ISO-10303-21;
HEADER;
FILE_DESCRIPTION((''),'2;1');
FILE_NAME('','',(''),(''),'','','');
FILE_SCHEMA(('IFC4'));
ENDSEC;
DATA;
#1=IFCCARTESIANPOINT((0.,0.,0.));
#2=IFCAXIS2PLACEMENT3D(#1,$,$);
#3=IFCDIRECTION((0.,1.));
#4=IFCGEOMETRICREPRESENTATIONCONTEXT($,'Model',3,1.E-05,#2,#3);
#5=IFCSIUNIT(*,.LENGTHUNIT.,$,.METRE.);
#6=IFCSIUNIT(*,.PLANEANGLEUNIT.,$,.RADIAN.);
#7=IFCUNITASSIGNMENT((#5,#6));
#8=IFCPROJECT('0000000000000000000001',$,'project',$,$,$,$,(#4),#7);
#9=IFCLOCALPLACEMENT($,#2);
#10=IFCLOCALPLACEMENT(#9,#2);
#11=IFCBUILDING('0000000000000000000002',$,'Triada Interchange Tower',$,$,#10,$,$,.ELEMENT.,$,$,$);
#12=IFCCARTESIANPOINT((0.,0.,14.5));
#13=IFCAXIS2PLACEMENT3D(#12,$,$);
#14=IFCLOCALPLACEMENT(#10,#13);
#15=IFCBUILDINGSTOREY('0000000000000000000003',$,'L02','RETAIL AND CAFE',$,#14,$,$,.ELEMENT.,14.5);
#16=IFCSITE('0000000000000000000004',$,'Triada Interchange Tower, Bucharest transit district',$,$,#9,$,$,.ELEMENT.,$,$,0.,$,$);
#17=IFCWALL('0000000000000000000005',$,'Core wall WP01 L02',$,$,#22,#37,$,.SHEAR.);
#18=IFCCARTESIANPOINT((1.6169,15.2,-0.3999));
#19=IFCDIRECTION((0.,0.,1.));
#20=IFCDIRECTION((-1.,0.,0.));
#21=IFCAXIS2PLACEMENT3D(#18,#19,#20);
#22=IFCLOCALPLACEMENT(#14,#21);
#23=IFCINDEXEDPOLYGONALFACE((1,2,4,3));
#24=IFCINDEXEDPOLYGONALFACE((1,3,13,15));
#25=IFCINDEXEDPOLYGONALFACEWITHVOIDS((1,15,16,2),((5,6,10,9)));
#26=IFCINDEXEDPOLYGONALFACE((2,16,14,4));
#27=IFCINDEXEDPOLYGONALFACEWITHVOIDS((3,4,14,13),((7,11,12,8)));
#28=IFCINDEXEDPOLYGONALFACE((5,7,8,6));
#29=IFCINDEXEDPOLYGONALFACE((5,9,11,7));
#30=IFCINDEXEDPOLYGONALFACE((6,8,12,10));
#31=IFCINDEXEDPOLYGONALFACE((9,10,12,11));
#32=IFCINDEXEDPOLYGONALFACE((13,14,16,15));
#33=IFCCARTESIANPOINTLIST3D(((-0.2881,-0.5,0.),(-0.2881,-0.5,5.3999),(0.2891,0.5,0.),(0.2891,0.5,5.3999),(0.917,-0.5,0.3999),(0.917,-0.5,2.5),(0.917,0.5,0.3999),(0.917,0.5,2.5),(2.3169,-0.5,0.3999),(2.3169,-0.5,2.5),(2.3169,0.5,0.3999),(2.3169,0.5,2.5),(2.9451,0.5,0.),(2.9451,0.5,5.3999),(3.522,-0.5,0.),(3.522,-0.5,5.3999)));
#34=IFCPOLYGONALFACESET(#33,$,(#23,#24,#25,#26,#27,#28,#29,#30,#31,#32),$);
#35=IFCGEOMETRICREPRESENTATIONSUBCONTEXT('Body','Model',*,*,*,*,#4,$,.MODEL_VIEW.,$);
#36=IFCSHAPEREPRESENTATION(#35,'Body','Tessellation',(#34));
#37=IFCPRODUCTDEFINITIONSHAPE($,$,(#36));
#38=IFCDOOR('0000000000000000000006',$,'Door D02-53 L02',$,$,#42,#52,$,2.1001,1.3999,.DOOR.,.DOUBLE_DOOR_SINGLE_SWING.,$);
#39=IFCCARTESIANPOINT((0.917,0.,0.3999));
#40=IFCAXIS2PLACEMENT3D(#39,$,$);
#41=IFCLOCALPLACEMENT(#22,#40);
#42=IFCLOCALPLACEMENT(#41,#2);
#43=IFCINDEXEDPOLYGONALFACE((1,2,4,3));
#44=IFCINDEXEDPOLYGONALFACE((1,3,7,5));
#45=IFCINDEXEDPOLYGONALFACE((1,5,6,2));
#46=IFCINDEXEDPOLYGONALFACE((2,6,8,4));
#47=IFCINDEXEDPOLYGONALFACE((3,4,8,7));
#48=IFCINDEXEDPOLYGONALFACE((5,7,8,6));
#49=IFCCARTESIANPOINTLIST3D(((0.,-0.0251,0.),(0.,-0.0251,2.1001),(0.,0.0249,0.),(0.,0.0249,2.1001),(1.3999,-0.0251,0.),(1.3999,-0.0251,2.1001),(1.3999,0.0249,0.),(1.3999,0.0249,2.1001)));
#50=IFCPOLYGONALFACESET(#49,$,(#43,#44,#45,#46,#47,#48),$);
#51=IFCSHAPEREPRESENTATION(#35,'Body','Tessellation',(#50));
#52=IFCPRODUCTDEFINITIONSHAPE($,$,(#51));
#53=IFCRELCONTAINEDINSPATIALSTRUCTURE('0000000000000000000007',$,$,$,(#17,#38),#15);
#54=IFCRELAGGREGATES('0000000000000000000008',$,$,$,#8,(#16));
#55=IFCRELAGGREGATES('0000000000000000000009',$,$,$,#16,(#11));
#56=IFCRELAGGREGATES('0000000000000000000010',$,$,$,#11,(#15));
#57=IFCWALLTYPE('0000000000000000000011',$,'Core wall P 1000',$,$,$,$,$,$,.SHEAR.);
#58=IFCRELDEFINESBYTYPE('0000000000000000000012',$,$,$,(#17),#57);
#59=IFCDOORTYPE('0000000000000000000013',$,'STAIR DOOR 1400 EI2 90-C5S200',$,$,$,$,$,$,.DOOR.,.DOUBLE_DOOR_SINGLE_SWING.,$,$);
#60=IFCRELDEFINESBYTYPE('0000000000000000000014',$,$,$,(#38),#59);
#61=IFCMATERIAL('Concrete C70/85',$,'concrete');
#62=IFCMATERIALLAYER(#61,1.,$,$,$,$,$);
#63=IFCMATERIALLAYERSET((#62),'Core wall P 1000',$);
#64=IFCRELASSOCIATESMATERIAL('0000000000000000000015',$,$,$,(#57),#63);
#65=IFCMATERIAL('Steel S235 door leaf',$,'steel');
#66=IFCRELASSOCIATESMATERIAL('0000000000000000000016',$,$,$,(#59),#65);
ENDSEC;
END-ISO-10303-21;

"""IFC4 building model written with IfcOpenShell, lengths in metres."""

from ifc_helpers import new_model, si_unit, direction, frame, frame_2d, origin, place, context, subcontext, project, spatial, polyline, rectangle, outline, extrude, material, layer, layer_set, type_object, element, fill, save


model = new_model("IFC4")

# Units and contexts
model_context = context("Model", 3, precision=1e-05, world=origin(), true_north=direction((0.0, 1.0)))
body_context = subcontext(model_context, "Body", "Model", "MODEL_VIEW")
ifc_project = project(units=[si_unit("LENGTHUNIT", "METRE"), si_unit("PLANEANGLEUNIT", "RADIAN")], contexts=[model_context])

# Site, building, storey
site_placement = place(None, origin())
site = spatial("IfcSite", under=ifc_project, at=site_placement, Name="Triada Interchange Tower, Bucharest transit district", CompositionType="ELEMENT", RefElevation=0.0)
building_placement = place(site_placement, origin())
building = spatial("IfcBuilding", under=site, at=building_placement, Name="Triada Interchange Tower", CompositionType="ELEMENT")
storey_placement = place(building_placement, frame((0.0, 0.0, 14.5)))
storey = spatial("IfcBuildingStorey", under=building, at=storey_placement, Name="L02", Description="RETAIL AND CAFE", CompositionType="ELEMENT", Elevation=14.5)

# Shared definitions
ifc_material_1 = material(Name="Concrete C70/85", Category="concrete")

# Shared definitions
ifc_material_2 = material(Name="Steel S235 door leaf", Category="steel")

# Wall, opening, door
ifc_layer_1 = layer(ifc_material_1, 1.0)
ifc_layer_set_1 = layer_set([ifc_layer_1], Name="Core wall P 1000")
wall_type_1 = type_object("IfcWallType", Name="Core wall P 1000", PredefinedType="SHEAR", material=ifc_layer_set_1)
wall_1_placement = place(storey_placement, frame((1.6169, 15.2, -0.3999), z_axis=(0.0, 0.0, 1.0), x_axis=(-1.0, 0.0, 0.0)))
wall_1 = element("IfcWall", 1, at=wall_1_placement, inside=storey, type_object=wall_type_1, Name="Core wall WP01 L02", PredefinedType="SHEAR", context=body_context, shape_type="SweptSolid", body=[
    extrude(outline(polyline([(-0.2881, -0.5), (1.6169, -0.5), (3.522, -0.5), (2.9451, 0.5), (1.6172, 0.5), (0.2891, 0.5), (-0.2881, -0.5)])), origin(), (0.0, 0.0, 1.0), 5.3999),
])
opening_1_placement = place(wall_1_placement, frame((0.917, 0.0, 0.3999)))
opening_1 = element("IfcOpeningElement", 2, at=opening_1_placement, cuts=wall_1, PredefinedType="OPENING", context=body_context, shape_type="SweptSolid", body=[
    extrude(rectangle(XDim=1.3999, YDim=2.1001, at=frame_2d((0.7, 1.05))), frame((0.0, 0.51, 0.0), z_axis=(0.0, -1.0, 0.0), x_axis=(1.0, 0.0, 0.0)), (0.0, 0.0, 1.0), 1.02),
])
door_type_1 = type_object("IfcDoorType", Name="STAIR DOOR 1400 EI2 90-C5S200", OperationType="DOUBLE_DOOR_SINGLE_SWING", PredefinedType="DOOR", material=ifc_material_2)
door_1_placement = place(opening_1_placement, origin())
door_1 = element("IfcDoor", 3, at=door_1_placement, inside=storey, type_object=door_type_1, Name="Door D02-53 L02", OperationType="DOUBLE_DOOR_SINGLE_SWING", OverallHeight=2.1001, OverallWidth=1.3999, PredefinedType="DOOR", context=body_context, shape_type="SweptSolid", body=[
    extrude(rectangle(XDim=1.3999, YDim=2.1001, at=frame_2d((0.7, 1.05))), frame((0.0, 0.0249, 0.0), z_axis=(0.0, -1.0, 0.0), x_axis=(1.0, 0.0, 0.0)), (0.0, 0.0, 1.0), 0.05),
])
fill(opening_1, door_1)

save(model, "model.ifc")
